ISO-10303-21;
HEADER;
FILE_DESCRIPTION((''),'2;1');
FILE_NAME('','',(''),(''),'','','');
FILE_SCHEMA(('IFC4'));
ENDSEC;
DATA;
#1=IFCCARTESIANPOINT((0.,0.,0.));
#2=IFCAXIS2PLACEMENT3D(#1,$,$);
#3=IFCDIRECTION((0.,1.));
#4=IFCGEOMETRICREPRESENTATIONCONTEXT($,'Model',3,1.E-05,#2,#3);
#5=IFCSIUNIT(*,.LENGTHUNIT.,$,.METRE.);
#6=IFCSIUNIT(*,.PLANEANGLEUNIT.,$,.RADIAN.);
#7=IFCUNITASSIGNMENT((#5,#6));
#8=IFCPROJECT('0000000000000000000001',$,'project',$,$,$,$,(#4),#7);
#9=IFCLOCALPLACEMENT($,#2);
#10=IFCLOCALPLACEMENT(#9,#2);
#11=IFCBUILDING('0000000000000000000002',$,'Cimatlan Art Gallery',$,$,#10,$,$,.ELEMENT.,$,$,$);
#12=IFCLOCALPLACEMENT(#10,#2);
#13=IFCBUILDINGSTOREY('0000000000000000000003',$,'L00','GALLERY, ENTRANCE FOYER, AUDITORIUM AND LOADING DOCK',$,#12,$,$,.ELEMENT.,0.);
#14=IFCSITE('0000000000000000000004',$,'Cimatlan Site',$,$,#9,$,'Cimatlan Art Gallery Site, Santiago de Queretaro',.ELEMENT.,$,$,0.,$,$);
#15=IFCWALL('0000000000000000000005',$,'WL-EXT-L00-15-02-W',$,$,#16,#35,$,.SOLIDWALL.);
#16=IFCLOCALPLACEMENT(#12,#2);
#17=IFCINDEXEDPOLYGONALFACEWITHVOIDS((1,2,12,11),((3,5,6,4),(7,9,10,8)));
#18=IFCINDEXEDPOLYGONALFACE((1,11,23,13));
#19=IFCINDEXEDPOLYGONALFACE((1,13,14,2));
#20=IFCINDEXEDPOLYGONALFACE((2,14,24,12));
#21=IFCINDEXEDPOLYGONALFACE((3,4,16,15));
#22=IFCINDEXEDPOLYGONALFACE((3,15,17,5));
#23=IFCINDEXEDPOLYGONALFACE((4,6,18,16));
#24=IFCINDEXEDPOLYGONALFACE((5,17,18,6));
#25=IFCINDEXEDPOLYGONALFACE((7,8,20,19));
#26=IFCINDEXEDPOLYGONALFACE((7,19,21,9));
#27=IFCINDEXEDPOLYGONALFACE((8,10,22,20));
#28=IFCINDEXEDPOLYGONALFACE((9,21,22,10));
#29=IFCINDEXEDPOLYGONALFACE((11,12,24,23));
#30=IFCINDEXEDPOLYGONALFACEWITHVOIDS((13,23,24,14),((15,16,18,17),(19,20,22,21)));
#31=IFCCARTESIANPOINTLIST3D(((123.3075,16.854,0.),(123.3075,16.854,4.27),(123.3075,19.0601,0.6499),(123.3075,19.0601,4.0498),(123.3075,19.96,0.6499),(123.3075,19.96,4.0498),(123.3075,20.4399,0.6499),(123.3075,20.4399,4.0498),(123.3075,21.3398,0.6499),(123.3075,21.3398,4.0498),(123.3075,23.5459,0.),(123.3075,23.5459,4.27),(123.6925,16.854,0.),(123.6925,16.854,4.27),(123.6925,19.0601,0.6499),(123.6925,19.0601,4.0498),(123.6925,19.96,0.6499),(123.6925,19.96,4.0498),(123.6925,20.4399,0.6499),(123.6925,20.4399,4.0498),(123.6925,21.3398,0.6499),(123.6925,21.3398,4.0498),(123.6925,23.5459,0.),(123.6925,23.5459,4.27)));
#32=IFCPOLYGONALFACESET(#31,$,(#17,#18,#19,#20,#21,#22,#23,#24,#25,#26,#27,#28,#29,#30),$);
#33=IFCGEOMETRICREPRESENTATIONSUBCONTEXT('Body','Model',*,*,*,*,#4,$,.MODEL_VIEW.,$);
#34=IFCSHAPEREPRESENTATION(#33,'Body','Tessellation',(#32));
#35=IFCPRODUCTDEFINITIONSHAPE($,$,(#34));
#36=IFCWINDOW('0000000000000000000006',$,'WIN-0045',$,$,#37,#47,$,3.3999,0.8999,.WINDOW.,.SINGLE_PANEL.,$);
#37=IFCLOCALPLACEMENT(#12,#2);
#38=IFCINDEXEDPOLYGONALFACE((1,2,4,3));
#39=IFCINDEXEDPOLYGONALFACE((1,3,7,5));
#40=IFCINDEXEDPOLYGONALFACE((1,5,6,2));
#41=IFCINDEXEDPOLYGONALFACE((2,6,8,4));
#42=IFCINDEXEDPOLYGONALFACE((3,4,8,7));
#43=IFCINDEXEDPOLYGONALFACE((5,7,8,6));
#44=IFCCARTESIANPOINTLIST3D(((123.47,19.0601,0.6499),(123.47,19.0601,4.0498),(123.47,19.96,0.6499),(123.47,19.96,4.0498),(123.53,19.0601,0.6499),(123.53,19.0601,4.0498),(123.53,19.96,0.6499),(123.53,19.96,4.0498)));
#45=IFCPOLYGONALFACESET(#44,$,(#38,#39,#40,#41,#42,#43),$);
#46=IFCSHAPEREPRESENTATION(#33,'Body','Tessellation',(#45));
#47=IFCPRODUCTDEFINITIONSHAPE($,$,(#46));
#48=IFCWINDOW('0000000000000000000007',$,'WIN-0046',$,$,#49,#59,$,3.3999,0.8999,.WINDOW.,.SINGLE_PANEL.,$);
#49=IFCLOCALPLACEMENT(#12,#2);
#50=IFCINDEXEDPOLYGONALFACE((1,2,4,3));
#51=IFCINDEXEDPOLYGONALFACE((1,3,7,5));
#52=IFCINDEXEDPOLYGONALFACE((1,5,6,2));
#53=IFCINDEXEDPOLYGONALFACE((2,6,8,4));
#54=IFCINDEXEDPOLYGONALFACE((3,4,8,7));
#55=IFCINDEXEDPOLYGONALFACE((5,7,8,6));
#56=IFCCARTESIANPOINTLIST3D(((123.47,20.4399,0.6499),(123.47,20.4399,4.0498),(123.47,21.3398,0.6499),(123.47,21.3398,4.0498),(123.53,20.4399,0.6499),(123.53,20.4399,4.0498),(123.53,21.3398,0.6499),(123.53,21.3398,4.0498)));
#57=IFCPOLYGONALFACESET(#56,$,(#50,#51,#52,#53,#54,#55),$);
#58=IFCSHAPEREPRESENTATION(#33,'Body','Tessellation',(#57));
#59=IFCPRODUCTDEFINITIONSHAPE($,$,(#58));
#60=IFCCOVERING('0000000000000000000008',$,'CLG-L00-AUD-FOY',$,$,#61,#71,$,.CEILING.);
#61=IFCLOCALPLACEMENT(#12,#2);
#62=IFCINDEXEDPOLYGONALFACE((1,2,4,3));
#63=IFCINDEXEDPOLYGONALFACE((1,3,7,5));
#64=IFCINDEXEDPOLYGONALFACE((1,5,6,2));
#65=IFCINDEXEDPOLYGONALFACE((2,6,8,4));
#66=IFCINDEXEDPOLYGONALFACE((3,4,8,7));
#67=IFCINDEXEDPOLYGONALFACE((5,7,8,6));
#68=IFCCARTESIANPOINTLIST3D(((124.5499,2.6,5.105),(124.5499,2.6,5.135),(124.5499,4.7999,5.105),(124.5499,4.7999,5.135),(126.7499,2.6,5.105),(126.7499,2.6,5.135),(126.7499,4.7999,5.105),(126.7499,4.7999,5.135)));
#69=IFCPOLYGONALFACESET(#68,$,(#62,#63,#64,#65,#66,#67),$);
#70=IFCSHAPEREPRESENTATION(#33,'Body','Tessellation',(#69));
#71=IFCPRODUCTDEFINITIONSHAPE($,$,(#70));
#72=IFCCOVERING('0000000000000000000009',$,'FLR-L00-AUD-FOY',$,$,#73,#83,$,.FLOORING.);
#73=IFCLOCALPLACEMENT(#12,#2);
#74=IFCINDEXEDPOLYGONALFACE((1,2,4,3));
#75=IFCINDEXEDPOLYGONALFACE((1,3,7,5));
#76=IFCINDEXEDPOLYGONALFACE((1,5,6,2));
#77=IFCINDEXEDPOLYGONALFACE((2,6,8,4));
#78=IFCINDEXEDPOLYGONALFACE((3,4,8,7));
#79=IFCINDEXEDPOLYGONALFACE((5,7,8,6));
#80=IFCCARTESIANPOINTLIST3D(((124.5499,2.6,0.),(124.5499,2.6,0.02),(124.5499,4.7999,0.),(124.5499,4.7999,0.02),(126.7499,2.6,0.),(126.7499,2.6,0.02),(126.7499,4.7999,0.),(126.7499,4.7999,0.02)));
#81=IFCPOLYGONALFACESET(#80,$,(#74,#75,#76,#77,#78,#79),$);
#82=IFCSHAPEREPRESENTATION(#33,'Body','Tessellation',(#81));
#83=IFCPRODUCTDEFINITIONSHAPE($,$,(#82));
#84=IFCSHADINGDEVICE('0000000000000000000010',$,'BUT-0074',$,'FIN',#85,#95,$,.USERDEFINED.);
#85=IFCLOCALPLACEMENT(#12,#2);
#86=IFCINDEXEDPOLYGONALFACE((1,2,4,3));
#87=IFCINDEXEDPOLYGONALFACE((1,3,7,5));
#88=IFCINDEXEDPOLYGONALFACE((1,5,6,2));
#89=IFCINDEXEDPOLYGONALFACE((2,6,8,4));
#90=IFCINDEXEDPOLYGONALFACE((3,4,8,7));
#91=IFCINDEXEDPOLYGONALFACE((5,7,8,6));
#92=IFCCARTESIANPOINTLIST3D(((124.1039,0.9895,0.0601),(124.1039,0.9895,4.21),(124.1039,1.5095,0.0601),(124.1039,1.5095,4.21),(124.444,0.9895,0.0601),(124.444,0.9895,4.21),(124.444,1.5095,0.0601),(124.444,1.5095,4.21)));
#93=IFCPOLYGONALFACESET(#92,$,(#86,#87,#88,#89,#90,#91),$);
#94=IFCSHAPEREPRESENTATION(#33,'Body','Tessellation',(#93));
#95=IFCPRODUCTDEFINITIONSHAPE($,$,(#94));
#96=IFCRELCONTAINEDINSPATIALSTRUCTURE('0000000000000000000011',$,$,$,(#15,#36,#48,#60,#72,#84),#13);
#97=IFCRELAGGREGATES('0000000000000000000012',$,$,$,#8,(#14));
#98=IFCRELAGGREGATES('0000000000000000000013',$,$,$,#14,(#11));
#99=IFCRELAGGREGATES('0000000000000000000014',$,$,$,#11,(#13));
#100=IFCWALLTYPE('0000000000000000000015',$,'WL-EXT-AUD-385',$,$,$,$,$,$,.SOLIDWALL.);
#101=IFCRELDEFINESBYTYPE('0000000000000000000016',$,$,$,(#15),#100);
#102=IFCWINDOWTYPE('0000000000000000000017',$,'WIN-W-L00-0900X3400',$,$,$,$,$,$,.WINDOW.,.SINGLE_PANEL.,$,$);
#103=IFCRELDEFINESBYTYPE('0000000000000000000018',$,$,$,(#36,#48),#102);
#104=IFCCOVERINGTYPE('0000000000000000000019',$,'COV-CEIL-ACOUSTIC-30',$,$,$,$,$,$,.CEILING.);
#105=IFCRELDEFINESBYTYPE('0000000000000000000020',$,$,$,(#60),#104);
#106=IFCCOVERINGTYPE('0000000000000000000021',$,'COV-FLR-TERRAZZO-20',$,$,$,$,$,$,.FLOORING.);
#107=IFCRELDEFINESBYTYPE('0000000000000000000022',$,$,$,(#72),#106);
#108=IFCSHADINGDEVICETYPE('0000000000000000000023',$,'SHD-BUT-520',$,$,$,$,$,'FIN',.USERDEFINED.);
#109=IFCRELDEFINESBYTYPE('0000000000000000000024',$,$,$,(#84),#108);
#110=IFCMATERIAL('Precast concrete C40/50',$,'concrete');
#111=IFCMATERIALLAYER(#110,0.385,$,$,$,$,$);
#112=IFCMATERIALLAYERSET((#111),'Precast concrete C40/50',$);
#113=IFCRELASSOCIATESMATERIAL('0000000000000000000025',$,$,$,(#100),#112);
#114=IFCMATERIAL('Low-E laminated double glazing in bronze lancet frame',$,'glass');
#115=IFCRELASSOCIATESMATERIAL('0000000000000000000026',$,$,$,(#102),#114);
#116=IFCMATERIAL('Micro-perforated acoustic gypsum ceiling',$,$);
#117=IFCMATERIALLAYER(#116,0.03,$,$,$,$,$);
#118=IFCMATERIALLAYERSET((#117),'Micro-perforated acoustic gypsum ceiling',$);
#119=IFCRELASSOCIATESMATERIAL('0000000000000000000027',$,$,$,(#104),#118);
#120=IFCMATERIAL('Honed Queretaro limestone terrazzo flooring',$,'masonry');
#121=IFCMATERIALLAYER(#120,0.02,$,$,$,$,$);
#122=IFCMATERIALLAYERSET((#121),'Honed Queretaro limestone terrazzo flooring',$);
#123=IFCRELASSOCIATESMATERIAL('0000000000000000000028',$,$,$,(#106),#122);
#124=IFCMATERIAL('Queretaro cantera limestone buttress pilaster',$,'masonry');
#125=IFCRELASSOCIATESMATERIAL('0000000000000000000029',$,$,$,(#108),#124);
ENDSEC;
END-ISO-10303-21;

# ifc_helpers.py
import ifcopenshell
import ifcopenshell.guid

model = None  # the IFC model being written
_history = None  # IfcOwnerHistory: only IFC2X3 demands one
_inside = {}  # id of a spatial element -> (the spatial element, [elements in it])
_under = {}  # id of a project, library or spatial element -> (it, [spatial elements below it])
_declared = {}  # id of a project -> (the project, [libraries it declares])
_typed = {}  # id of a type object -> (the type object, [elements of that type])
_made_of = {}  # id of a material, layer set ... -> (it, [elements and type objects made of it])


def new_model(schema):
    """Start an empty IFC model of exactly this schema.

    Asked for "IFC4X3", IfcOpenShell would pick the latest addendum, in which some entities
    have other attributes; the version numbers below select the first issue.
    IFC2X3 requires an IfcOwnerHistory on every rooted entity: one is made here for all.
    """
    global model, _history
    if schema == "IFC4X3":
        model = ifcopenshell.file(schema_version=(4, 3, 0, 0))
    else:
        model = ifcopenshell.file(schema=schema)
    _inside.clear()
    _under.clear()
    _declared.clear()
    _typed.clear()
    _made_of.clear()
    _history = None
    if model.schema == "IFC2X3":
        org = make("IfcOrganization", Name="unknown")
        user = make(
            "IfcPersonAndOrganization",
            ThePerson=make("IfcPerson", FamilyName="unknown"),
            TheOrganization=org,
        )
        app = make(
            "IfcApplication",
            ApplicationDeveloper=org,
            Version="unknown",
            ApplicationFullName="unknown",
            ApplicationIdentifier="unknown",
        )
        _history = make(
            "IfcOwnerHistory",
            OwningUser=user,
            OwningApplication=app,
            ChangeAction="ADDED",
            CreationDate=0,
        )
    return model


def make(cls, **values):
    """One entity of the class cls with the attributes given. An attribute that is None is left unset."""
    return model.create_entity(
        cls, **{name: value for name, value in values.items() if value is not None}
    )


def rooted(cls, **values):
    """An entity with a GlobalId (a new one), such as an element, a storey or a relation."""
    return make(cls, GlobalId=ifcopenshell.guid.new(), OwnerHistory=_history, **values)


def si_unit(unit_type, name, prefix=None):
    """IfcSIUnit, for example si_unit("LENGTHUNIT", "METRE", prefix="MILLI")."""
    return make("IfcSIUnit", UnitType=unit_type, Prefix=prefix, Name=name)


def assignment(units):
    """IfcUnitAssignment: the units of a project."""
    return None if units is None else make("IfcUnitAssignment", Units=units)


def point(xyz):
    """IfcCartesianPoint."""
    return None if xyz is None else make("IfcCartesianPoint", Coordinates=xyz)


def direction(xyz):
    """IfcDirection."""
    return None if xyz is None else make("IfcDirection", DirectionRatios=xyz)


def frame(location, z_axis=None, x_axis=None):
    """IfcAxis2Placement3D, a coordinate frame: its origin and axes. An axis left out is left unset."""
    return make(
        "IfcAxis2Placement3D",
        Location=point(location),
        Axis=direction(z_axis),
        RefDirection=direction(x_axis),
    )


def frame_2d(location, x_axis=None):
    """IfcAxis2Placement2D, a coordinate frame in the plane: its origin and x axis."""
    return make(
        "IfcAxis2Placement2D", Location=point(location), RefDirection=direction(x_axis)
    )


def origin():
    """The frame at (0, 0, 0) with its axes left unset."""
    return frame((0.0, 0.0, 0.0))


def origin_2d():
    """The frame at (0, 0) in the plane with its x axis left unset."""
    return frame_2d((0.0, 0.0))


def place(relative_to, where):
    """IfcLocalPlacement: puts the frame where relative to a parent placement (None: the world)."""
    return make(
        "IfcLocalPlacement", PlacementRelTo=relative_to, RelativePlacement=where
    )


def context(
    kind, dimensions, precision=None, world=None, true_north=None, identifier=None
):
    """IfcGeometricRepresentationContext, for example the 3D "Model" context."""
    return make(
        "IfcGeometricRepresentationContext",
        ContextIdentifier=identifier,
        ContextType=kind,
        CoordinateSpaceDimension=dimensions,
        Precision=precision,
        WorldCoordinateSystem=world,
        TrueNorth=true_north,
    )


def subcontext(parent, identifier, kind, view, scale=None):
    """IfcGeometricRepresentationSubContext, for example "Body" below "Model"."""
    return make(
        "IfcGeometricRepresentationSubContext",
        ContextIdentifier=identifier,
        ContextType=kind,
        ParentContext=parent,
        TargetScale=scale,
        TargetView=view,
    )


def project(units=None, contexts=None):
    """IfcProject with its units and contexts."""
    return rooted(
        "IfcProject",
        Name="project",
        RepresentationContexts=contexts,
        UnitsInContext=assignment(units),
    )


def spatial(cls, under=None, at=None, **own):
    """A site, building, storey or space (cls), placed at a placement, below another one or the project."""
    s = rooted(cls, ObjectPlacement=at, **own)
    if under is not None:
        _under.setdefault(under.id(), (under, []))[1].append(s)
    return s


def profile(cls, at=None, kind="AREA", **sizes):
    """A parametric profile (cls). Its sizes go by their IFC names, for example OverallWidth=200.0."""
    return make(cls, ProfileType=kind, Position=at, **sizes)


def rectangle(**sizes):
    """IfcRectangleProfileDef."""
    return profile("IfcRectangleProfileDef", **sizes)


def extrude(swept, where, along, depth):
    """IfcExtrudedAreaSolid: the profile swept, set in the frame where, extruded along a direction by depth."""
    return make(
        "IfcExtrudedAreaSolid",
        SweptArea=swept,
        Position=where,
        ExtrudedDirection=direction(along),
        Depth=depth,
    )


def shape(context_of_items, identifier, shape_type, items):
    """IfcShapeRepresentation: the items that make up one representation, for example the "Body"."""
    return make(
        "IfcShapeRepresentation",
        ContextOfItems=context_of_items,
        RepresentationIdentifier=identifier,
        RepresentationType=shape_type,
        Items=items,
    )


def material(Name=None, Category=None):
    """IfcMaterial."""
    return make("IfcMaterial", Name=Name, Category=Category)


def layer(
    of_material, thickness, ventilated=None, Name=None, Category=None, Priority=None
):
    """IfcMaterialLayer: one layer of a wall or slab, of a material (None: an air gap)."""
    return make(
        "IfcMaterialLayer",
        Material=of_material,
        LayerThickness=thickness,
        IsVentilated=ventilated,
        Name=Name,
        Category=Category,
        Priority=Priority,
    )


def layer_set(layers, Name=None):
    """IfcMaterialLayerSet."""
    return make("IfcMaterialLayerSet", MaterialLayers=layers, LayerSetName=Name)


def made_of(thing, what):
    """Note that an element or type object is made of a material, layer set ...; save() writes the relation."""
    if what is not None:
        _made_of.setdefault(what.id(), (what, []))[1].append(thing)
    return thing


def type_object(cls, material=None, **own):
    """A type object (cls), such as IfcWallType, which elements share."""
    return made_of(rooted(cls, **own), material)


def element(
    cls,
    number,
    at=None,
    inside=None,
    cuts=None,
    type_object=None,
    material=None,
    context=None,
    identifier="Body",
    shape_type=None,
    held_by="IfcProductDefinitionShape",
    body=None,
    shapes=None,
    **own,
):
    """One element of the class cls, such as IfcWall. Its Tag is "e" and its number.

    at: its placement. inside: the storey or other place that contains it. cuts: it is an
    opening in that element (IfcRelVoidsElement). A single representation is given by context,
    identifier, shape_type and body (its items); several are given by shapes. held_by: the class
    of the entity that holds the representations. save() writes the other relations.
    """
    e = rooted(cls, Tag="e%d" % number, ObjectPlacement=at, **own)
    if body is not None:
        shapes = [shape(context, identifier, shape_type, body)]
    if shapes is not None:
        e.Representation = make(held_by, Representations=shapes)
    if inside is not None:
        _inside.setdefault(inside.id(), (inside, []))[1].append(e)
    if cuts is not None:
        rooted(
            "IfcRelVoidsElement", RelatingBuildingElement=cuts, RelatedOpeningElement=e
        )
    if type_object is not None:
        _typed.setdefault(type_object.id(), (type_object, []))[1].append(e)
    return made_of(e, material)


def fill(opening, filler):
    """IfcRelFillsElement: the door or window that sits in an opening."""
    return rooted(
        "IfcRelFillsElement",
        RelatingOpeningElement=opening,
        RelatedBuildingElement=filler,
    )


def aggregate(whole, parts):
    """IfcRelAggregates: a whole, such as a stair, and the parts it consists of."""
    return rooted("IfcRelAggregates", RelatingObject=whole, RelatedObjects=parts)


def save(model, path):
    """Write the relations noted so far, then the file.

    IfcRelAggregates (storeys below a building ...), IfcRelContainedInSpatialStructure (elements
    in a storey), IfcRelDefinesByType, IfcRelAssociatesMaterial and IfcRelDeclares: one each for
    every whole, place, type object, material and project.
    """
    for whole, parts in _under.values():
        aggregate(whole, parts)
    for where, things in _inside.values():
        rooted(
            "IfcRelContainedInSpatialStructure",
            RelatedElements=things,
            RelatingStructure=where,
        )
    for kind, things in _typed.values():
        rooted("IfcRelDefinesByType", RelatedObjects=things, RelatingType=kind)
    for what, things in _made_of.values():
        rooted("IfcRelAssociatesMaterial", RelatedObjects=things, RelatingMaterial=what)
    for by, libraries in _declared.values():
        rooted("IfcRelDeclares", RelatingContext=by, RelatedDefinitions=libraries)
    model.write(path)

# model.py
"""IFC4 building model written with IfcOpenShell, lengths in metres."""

from ifc_helpers import new_model, si_unit, direction, frame, frame_2d, origin, origin_2d, place, context, subcontext, project, spatial, rectangle, extrude, material, layer, layer_set, type_object, element, fill, save


model = new_model("IFC4")

# Units and contexts
model_context = context("Model", 3, precision=1e-05, world=origin(), true_north=direction((0.0, 1.0)))
body_context = subcontext(model_context, "Body", "Model", "MODEL_VIEW")
ifc_project = project(units=[si_unit("LENGTHUNIT", "METRE"), si_unit("PLANEANGLEUNIT", "RADIAN")], contexts=[model_context])

# Site, building, storey
site_placement = place(None, origin())
site = spatial("IfcSite", under=ifc_project, at=site_placement, Name="Cimatlan Site", LongName="Cimatlan Art Gallery Site, Santiago de Queretaro", CompositionType="ELEMENT", RefElevation=0.0)
building_placement = place(site_placement, origin())
building = spatial("IfcBuilding", under=site, at=building_placement, Name="Cimatlan Art Gallery", CompositionType="ELEMENT")
storey_placement = place(building_placement, origin())
storey = spatial("IfcBuildingStorey", under=building, at=storey_placement, Name="L00", Description="GALLERY, ENTRANCE FOYER, AUDITORIUM AND LOADING DOCK", CompositionType="ELEMENT", Elevation=0.0)

# Shared definitions
ifc_material_1 = material(Name="Precast concrete C40/50", Category="concrete")
ifc_layer_1 = layer(ifc_material_1, 0.385)
ifc_layer_set_1 = layer_set([ifc_layer_1], Name="Precast concrete C40/50")
wall_type = type_object("IfcWallType", Name="WL-EXT-AUD-385", PredefinedType="SOLIDWALL", material=ifc_layer_set_1)
ifc_material_2 = material(Name="Low-E laminated double glazing in bronze lancet frame", Category="glass")
window_type = type_object("IfcWindowType", Name="WIN-W-L00-0900X3400", PartitioningType="SINGLE_PANEL", PredefinedType="WINDOW", material=ifc_material_2)

# Wall, openings, windows
wall_1_placement = place(storey_placement, frame((123.5, 16.854, 0.0), z_axis=(0.0, 0.0, 1.0), x_axis=(0.0, 1.0, 0.0)))
wall_1 = element("IfcWall", 1, at=wall_1_placement, inside=storey, type_object=wall_type, Name="WL-EXT-L00-15-02-W", PredefinedType="SOLIDWALL", context=body_context, shape_type="SweptSolid", body=[
    extrude(rectangle(XDim=6.6919, YDim=0.385, at=frame_2d((3.3459, 0.0))), origin(), (0.0, 0.0, 1.0), 4.27),
])
opening_1_placement = place(wall_1_placement, frame((2.2061, 0.0, 0.6499)))
opening_1 = element("IfcOpeningElement", 2, at=opening_1_placement, cuts=wall_1, PredefinedType="OPENING", context=body_context, shape_type="SweptSolid", body=[
    extrude(rectangle(XDim=0.8999, YDim=3.3999, at=frame_2d((0.45, 1.7))), frame((0.0, 0.2026, 0.0), z_axis=(0.0, -1.0, 0.0), x_axis=(1.0, 0.0, 0.0)), (0.0, 0.0, 1.0), 0.405),
])
opening_2_placement = place(wall_1_placement, frame((3.5859, 0.0, 0.6499)))
opening_2 = element("IfcOpeningElement", 3, at=opening_2_placement, cuts=wall_1, PredefinedType="OPENING", context=body_context, shape_type="SweptSolid", body=[
    extrude(rectangle(XDim=0.8999, YDim=3.3999, at=frame_2d((0.45, 1.7))), frame((0.0, 0.2026, 0.0), z_axis=(0.0, -1.0, 0.0), x_axis=(1.0, 0.0, 0.0)), (0.0, 0.0, 1.0), 0.405),
])
window_1_placement = place(opening_1_placement, origin())
window_1 = element("IfcWindow", 4, at=window_1_placement, inside=storey, type_object=window_type, Name="WIN-0045", OverallHeight=3.3999, OverallWidth=0.8999, PartitioningType="SINGLE_PANEL", PredefinedType="WINDOW", context=body_context, shape_type="SweptSolid", body=[
    extrude(rectangle(XDim=0.8999, YDim=3.3999, at=frame_2d((0.45, 1.7))), frame((0.0, 0.03, 0.0), z_axis=(0.0, -1.0, 0.0), x_axis=(1.0, 0.0, 0.0)), (0.0, 0.0, 1.0), 0.0601),
])
fill(opening_1, window_1)
window_2_placement = place(opening_2_placement, origin())
window_2 = element("IfcWindow", 5, at=window_2_placement, inside=storey, type_object=window_type, Name="WIN-0046", OverallHeight=3.3999, OverallWidth=0.8999, PartitioningType="SINGLE_PANEL", PredefinedType="WINDOW", context=body_context, shape_type="SweptSolid", body=[
    extrude(rectangle(XDim=0.8999, YDim=3.3999, at=frame_2d((0.45, 1.7))), frame((0.0, 0.03, 0.0), z_axis=(0.0, -1.0, 0.0), x_axis=(1.0, 0.0, 0.0)), (0.0, 0.0, 1.0), 0.0601),
])
fill(opening_2, window_2)

# Coverings
ifc_material_3 = material(Name="Micro-perforated acoustic gypsum ceiling")
ifc_layer_2 = layer(ifc_material_3, 0.03)
ifc_layer_set_2 = layer_set([ifc_layer_2], Name="Micro-perforated acoustic gypsum ceiling")
covering_type_1 = type_object("IfcCoveringType", Name="COV-CEIL-ACOUSTIC-30", PredefinedType="CEILING", material=ifc_layer_set_2)
covering_1_placement = place(storey_placement, frame((125.6499, 3.7, 5.105), z_axis=(0.0, 0.0, 1.0), x_axis=(1.0, 0.0, 0.0)))
element("IfcCovering", 6, at=covering_1_placement, inside=storey, type_object=covering_type_1, Name="CLG-L00-AUD-FOY", PredefinedType="CEILING", context=body_context, shape_type="SweptSolid", body=[
    extrude(rectangle(XDim=2.2, YDim=2.2, at=origin_2d()), origin(), (0.0, 0.0, 1.0), 0.03),
])
ifc_material_4 = material(Name="Honed Queretaro limestone terrazzo flooring", Category="masonry")
ifc_layer_3 = layer(ifc_material_4, 0.02)
ifc_layer_set_3 = layer_set([ifc_layer_3], Name="Honed Queretaro limestone terrazzo flooring")
covering_type_2 = type_object("IfcCoveringType", Name="COV-FLR-TERRAZZO-20", PredefinedType="FLOORING", material=ifc_layer_set_3)
covering_2_placement = place(storey_placement, frame((125.6499, 3.7, 0.0), z_axis=(0.0, 0.0, 1.0), x_axis=(1.0, 0.0, 0.0)))
element("IfcCovering", 7, at=covering_2_placement, inside=storey, type_object=covering_type_2, Name="FLR-L00-AUD-FOY", PredefinedType="FLOORING", context=body_context, shape_type="SweptSolid", body=[
    extrude(rectangle(XDim=2.2, YDim=2.2, at=origin_2d()), origin(), (0.0, 0.0, 1.0), 0.02),
])

# Shading device
ifc_material_5 = material(Name="Queretaro cantera limestone buttress pilaster", Category="masonry")
shading_device_type = type_object("IfcShadingDeviceType", Name="SHD-BUT-520", ElementType="FIN", PredefinedType="USERDEFINED", material=ifc_material_5)
shading_device_placement = place(storey_placement, frame((124.2739, 1.2495, 0.0601), z_axis=(0.0, 0.0, 1.0), x_axis=(-1.0, 0.0, 0.0)))
element("IfcShadingDevice", 8, at=shading_device_placement, inside=storey, type_object=shading_device_type, Name="BUT-0074", ObjectType="FIN", PredefinedType="USERDEFINED", context=body_context, shape_type="SweptSolid", body=[
    extrude(rectangle(XDim=0.3401, YDim=0.52, at=origin_2d()), origin(), (0.0, 0.0, 1.0), 4.1499),
])

save(model, "model.ifc")
